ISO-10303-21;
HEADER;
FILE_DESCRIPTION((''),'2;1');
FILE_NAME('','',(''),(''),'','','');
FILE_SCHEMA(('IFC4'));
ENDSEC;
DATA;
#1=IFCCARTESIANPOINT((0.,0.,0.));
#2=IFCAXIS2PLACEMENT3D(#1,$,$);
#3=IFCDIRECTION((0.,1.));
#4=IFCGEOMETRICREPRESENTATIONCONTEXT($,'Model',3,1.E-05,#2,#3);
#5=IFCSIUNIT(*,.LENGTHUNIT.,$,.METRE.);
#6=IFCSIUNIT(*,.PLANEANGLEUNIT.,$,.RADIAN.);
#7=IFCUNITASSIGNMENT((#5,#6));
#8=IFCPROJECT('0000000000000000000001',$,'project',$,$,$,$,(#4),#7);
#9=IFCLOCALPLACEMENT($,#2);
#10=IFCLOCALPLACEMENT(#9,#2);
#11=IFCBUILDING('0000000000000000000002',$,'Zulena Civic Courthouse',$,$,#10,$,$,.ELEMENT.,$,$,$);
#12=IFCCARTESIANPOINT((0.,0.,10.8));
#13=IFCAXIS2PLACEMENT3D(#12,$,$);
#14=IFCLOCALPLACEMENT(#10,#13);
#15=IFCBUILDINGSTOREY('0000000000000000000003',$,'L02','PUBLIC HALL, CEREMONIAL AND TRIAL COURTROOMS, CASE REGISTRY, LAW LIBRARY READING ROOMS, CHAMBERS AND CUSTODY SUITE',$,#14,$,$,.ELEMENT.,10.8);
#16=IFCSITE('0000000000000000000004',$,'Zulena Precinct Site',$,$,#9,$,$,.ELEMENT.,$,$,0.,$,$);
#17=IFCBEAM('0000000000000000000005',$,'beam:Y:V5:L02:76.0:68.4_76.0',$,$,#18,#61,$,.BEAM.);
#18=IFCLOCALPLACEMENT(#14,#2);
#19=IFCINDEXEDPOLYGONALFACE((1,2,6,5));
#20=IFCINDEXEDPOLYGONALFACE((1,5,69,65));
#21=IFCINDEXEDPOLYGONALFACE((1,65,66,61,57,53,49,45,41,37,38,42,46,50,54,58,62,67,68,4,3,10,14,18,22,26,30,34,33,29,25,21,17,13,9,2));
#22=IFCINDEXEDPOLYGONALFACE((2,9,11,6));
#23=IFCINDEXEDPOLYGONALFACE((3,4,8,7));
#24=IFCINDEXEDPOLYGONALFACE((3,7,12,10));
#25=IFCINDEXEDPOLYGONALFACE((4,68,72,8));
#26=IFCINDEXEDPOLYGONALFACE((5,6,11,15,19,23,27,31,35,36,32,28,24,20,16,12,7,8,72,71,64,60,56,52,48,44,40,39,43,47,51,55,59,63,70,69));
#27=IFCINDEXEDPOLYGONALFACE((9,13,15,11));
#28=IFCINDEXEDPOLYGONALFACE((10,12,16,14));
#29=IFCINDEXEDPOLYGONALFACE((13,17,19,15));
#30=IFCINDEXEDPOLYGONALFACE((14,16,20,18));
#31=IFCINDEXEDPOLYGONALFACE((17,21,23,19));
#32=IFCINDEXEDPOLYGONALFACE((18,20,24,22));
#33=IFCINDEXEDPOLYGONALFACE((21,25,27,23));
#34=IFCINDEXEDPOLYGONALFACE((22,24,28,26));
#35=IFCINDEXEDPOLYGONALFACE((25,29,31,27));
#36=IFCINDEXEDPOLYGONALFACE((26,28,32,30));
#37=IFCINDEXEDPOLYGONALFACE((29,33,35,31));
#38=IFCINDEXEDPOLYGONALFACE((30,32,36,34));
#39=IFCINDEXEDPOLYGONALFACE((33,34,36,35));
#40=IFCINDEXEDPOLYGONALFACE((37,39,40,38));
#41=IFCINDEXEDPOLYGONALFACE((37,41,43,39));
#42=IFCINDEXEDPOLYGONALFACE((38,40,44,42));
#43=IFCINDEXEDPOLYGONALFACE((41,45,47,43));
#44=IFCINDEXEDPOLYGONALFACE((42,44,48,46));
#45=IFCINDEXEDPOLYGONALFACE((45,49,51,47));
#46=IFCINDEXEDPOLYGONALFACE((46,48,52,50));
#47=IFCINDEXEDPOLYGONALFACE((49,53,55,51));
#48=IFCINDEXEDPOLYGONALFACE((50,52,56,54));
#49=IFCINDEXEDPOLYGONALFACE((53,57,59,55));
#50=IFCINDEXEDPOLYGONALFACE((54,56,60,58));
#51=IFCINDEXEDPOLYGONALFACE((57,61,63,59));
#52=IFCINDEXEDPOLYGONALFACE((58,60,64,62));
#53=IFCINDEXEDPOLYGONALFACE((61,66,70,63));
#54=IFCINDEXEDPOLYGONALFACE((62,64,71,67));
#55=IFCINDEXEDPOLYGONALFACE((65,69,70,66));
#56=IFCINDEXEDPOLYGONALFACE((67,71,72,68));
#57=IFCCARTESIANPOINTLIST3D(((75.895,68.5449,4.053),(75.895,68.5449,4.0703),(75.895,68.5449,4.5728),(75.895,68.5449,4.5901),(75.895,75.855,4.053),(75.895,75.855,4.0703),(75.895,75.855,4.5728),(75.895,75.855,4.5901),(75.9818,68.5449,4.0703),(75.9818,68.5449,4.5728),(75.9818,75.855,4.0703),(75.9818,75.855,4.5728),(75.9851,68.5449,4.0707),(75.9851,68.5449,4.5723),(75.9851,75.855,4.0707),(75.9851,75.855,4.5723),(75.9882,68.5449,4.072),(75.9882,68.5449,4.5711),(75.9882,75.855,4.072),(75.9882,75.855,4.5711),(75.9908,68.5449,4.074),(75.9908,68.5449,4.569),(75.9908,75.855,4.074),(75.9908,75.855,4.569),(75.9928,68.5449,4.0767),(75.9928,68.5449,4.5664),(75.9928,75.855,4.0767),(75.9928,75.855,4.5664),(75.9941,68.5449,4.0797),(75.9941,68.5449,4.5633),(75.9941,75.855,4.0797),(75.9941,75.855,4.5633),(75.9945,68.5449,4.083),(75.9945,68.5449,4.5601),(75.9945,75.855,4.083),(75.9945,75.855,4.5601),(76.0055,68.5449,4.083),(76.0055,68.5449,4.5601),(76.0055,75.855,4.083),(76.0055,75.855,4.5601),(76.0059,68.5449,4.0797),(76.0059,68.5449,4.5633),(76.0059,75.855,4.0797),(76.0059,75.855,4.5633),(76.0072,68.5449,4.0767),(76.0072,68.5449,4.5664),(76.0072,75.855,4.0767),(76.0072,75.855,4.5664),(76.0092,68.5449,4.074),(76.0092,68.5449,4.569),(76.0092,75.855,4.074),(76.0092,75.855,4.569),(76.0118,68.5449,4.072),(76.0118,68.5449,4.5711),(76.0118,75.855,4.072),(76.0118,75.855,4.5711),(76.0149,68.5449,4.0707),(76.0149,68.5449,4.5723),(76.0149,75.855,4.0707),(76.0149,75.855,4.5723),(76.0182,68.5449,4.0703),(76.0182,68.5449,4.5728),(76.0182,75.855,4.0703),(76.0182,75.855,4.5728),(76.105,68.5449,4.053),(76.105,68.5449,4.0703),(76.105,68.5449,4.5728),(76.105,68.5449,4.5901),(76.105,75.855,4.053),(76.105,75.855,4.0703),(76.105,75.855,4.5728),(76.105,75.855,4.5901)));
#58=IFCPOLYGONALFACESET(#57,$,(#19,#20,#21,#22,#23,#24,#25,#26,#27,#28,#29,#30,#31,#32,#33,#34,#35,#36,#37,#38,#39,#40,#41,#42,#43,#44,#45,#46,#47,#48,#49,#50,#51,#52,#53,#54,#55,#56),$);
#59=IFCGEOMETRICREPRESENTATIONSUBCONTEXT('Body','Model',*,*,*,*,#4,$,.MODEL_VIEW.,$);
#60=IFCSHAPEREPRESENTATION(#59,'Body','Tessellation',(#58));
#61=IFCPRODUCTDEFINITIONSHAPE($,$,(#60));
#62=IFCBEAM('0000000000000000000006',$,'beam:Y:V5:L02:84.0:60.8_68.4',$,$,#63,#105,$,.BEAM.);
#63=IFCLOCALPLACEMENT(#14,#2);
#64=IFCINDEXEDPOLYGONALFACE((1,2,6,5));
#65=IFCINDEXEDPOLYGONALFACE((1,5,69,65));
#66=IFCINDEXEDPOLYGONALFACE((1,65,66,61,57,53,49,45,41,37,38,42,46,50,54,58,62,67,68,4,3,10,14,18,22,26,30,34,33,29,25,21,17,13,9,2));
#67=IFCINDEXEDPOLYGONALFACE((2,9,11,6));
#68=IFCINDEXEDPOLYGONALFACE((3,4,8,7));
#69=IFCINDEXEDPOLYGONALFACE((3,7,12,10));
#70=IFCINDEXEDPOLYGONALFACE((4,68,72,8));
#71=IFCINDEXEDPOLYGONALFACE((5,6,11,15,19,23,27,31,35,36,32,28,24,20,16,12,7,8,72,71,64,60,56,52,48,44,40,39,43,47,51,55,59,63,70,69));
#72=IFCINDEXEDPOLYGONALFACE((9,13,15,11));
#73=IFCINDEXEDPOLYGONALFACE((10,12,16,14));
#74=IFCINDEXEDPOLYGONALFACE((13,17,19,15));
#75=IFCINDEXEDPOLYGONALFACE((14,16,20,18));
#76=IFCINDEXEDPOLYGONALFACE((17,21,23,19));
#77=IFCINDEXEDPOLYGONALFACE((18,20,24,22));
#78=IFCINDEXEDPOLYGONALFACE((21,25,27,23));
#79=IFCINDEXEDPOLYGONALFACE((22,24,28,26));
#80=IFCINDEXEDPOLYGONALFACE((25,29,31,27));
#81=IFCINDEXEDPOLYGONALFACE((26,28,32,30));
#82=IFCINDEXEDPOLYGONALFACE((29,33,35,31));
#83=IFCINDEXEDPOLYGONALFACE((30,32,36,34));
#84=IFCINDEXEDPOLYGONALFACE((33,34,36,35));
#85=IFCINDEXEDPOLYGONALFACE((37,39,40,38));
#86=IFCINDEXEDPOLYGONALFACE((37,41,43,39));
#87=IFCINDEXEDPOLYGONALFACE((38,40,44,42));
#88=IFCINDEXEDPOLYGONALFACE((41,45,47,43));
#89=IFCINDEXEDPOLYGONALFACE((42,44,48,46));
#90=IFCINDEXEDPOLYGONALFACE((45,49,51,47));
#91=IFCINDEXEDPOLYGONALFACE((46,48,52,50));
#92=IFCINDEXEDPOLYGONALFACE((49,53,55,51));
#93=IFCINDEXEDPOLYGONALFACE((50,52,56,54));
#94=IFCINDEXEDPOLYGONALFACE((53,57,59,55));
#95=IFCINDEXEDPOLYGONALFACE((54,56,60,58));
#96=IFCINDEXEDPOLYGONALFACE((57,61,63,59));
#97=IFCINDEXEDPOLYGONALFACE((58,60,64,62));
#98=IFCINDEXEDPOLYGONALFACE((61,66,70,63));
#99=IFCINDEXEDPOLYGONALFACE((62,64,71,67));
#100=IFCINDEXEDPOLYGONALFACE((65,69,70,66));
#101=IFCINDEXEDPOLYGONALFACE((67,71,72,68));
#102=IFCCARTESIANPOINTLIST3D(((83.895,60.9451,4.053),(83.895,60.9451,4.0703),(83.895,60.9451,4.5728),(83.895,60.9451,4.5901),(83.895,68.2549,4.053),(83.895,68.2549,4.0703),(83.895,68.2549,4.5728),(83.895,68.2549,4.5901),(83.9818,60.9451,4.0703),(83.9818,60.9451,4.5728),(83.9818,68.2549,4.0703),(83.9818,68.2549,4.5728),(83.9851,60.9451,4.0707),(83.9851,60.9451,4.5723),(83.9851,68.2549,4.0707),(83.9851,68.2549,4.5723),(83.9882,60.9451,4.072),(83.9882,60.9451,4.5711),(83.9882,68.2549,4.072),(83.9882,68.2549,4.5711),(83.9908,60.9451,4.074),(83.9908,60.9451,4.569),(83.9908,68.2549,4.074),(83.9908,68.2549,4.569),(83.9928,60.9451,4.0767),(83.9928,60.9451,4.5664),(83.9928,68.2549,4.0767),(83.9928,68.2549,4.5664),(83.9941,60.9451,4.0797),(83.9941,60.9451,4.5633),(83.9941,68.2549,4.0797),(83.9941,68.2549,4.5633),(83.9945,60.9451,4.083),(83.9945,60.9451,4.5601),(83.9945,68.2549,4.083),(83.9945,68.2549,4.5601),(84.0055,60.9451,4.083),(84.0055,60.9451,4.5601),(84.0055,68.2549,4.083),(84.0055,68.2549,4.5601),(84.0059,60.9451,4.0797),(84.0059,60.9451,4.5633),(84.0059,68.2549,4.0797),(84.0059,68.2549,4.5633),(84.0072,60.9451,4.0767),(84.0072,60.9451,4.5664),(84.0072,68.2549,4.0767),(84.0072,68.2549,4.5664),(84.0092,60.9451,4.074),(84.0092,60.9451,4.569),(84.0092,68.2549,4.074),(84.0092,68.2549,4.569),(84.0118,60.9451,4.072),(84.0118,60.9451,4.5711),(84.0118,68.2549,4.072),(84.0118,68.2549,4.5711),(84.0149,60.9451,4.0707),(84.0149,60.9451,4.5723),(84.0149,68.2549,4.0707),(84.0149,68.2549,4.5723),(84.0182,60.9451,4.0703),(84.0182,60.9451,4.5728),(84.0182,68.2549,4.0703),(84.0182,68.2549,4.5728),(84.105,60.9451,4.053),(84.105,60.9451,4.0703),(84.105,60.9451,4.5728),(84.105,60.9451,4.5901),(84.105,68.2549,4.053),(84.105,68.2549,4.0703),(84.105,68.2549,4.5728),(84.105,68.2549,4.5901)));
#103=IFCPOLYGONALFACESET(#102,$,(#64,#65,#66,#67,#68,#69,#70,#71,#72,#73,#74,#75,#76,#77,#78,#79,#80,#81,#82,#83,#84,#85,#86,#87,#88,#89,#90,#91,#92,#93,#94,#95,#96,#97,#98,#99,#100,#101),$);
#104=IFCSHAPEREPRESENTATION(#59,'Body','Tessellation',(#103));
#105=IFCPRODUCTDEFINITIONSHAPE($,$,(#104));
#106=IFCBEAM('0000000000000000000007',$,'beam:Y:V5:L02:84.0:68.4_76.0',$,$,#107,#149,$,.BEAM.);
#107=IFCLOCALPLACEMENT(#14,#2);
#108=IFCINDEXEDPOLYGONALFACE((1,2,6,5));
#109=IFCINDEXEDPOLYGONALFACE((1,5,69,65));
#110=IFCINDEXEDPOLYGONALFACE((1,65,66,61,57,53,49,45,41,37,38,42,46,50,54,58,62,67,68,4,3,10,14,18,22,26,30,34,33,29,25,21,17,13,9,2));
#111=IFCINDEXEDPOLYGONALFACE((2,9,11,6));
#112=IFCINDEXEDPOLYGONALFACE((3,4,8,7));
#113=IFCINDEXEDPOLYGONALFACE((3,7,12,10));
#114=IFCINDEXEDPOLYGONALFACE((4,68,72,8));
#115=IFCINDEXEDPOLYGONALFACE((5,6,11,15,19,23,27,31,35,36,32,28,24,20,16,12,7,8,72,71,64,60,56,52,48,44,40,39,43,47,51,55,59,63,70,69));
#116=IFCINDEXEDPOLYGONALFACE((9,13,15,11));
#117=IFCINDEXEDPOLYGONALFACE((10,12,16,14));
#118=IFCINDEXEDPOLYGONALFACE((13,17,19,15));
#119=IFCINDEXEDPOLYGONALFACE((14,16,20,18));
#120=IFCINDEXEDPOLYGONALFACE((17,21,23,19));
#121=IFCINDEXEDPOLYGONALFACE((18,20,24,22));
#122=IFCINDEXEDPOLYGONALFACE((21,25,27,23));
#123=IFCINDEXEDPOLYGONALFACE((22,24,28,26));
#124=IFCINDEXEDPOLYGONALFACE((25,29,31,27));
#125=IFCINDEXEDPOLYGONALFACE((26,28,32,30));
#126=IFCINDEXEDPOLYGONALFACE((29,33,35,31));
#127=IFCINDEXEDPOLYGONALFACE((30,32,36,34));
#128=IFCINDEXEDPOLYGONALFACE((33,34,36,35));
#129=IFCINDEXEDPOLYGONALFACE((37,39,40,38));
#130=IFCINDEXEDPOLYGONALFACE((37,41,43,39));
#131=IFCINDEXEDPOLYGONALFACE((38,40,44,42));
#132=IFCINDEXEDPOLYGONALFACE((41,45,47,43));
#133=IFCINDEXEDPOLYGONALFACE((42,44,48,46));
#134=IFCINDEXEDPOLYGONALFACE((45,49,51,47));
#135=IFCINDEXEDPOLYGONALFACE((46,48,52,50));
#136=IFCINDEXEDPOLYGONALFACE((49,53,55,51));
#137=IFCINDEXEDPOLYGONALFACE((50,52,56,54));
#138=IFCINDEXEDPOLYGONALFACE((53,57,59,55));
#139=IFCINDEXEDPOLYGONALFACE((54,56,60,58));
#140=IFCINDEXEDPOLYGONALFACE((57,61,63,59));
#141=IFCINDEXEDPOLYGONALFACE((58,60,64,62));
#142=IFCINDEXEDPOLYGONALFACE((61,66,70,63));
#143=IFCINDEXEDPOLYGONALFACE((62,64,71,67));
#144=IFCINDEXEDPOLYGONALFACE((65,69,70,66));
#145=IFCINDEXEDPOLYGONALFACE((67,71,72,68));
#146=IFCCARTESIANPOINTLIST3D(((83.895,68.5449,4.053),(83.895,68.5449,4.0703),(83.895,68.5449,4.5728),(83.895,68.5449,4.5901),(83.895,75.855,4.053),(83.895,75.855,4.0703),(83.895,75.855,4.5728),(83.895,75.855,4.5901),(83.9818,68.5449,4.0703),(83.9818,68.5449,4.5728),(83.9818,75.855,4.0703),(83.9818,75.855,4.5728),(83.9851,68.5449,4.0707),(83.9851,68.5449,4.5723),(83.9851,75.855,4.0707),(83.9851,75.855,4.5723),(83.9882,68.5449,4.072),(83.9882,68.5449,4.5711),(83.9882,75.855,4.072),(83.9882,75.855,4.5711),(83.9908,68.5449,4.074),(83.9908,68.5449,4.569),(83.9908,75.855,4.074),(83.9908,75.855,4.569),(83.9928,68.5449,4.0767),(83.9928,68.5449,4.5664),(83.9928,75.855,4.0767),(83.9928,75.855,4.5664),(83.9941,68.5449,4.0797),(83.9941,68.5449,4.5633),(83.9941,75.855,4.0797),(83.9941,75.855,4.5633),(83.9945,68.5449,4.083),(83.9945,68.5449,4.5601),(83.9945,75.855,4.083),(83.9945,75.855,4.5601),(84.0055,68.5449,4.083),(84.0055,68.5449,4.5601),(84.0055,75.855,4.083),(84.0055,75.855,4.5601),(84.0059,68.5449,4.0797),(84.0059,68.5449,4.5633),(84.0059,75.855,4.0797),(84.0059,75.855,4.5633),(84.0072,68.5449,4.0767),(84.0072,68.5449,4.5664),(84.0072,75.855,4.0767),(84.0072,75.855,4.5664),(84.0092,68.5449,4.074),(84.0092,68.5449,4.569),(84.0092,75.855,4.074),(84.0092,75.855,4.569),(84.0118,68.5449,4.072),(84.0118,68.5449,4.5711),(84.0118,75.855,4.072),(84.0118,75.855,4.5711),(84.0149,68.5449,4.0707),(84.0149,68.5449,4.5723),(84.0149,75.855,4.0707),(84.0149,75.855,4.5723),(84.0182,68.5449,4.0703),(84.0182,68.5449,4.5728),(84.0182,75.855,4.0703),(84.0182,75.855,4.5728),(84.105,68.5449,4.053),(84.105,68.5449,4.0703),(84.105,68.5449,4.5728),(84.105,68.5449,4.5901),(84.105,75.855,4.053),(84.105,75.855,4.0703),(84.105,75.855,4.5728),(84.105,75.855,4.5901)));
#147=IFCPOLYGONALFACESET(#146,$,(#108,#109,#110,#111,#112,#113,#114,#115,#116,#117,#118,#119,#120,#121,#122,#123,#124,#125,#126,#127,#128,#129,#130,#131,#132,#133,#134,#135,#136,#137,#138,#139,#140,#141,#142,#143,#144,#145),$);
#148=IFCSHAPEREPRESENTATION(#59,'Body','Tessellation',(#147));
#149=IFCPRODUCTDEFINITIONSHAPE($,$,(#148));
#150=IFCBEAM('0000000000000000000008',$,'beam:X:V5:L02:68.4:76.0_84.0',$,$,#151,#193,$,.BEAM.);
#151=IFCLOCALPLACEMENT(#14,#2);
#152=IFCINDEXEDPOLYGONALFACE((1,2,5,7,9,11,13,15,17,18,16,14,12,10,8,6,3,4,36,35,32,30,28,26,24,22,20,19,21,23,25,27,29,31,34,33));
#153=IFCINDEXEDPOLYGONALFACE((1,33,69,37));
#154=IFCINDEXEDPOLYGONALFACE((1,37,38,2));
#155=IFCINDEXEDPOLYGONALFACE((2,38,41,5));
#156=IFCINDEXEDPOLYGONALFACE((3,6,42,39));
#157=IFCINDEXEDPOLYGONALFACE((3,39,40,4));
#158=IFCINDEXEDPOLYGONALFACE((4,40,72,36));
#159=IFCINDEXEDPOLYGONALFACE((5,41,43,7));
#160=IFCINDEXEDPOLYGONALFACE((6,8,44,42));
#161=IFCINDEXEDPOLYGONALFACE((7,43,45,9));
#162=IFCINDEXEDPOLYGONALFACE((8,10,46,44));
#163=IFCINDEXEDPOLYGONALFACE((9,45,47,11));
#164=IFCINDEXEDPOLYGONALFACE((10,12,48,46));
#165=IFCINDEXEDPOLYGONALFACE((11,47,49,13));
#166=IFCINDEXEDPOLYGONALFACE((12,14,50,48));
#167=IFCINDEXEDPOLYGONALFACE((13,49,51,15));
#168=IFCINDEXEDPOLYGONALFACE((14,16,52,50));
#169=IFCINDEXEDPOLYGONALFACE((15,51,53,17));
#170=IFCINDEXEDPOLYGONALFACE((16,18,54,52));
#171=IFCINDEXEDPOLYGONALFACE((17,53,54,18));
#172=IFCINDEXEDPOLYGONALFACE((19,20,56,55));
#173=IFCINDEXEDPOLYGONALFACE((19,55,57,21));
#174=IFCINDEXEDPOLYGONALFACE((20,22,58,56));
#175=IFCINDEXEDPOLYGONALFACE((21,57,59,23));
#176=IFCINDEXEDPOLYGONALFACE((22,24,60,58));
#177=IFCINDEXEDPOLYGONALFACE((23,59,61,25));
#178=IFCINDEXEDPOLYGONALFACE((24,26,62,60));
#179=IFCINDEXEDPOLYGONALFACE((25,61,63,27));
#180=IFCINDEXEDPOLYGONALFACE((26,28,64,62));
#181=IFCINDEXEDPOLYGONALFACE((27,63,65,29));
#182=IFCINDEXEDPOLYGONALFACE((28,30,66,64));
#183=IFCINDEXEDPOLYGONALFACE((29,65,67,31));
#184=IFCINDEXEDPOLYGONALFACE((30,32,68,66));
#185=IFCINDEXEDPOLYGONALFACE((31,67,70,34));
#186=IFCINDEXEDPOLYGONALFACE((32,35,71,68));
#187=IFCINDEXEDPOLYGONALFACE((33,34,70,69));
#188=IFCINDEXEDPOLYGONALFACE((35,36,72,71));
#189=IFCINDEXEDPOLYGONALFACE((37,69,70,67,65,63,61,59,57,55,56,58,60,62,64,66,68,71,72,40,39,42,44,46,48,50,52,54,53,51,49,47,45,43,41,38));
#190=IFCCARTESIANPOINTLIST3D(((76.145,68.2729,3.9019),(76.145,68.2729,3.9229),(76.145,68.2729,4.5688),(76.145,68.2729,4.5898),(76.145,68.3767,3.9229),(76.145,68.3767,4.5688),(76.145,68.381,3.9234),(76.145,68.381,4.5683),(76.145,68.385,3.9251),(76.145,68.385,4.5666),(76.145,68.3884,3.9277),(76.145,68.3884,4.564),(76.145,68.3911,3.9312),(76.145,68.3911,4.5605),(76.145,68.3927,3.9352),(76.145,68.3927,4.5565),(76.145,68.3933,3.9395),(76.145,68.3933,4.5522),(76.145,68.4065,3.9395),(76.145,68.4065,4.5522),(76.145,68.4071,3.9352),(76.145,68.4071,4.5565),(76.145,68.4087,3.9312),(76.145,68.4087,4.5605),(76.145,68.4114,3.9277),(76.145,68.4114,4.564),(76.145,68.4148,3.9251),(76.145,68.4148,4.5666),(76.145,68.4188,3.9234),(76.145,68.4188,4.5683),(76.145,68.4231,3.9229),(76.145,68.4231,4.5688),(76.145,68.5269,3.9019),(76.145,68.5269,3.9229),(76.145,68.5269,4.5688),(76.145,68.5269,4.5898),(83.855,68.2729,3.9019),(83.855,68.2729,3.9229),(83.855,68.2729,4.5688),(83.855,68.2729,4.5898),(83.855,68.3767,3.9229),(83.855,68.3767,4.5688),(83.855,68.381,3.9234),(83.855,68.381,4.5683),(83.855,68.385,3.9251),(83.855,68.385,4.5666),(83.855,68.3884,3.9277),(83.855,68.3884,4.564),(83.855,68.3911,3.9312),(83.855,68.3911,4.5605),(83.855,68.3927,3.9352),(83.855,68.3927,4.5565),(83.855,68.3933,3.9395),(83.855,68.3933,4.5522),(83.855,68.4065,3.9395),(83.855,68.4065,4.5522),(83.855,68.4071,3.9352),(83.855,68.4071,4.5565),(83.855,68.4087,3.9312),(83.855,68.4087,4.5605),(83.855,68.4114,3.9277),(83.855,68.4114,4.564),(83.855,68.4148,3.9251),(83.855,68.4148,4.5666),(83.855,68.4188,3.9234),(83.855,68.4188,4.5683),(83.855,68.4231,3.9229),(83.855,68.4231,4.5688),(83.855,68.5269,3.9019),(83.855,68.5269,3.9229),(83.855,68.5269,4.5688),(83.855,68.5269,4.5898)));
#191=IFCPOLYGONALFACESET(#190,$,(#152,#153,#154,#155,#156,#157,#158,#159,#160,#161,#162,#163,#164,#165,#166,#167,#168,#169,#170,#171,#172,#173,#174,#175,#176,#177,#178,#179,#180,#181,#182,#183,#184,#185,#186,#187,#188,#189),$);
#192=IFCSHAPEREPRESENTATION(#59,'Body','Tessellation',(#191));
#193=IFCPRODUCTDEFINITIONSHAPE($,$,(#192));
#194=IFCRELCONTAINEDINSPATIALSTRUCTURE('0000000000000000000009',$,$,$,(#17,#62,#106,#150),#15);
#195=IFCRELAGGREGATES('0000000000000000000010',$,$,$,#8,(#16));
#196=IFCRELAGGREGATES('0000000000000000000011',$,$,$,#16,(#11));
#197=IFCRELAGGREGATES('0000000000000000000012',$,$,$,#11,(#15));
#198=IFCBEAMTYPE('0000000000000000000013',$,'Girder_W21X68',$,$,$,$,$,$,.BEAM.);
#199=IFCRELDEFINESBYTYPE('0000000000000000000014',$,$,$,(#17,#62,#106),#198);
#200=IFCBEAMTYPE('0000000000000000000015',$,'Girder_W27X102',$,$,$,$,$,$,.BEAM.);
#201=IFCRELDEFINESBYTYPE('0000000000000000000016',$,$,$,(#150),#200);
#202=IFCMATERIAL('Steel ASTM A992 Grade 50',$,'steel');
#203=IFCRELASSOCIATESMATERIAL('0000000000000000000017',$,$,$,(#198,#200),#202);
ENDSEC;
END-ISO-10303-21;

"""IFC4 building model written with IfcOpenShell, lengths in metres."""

from ifc_helpers import new_model, si_unit, direction, frame, origin, origin_2d, place, context, subcontext, project, spatial, i_section, extrude, material, material_profile, profile_set, type_object, element, save


model = new_model("IFC4")

# Units and contexts
model_context = context("Model", 3, precision=1e-05, world=origin(), true_north=direction((0.0, 1.0)))
body_context = subcontext(model_context, "Body", "Model", "MODEL_VIEW")
ifc_project = project(units=[si_unit("LENGTHUNIT", "METRE"), si_unit("PLANEANGLEUNIT", "RADIAN")], contexts=[model_context])

# Site, building, storey
site_placement = place(None, origin())
site = spatial("IfcSite", under=ifc_project, at=site_placement, Name="Zulena Precinct Site", CompositionType="ELEMENT", RefElevation=0.0)
building_placement = place(site_placement, origin())
building = spatial("IfcBuilding", under=site, at=building_placement, Name="Zulena Civic Courthouse", CompositionType="ELEMENT")
storey_placement = place(building_placement, frame((0.0, 0.0, 10.8)))
storey = spatial("IfcBuildingStorey", under=building, at=storey_placement, Name="L02", Description="PUBLIC HALL, CEREMONIAL AND TRIAL COURTROOMS, CASE REGISTRY, LAW LIBRARY READING ROOMS, CHAMBERS AND CUSTODY SUITE", CompositionType="ELEMENT", Elevation=10.8)

# Shared definitions
ifc_material_1 = material(Name="Steel ASTM A992 Grade 50", Category="steel")

# Beams
ifc_material_profile_1 = material_profile(ifc_material_1, i_section(OverallWidth=0.21, OverallDepth=0.5371, WebThickness=0.011, FlangeThickness=0.0173, FilletRadius=0.0127, at=origin_2d()), Name="W21X68")
ifc_profile_set_1 = profile_set([ifc_material_profile_1], Name="Steel ASTM A992 Grade 50")
beam_type_1 = type_object("IfcBeamType", Name="Girder_W21X68", PredefinedType="BEAM", material=ifc_profile_set_1)
beam_1_placement = place(storey_placement, frame((76.0, 68.5449, 4.3215), z_axis=(0.0, 1.0, 0.0), x_axis=(-1.0, 0.0, 0.0)))
element("IfcBeam", 1, at=beam_1_placement, inside=storey, type_object=beam_type_1, Name="beam:Y:V5:L02:76.0:68.4_76.0", PredefinedType="BEAM", context=body_context, shape_type="SweptSolid", body=[
    extrude(i_section(OverallWidth=0.21, OverallDepth=0.5371, WebThickness=0.011, FlangeThickness=0.0173, FilletRadius=0.0127, at=origin_2d()), origin(), (0.0, 0.0, 1.0), 7.3101),
])
beam_2_placement = place(storey_placement, frame((84.0, 60.9451, 4.3215), z_axis=(0.0, 1.0, 0.0), x_axis=(-1.0, 0.0, 0.0)))
element("IfcBeam", 2, at=beam_2_placement, inside=storey, type_object=beam_type_1, Name="beam:Y:V5:L02:84.0:60.8_68.4", PredefinedType="BEAM", context=body_context, shape_type="SweptSolid", body=[
    extrude(i_section(OverallWidth=0.21, OverallDepth=0.5371, WebThickness=0.011, FlangeThickness=0.0173, FilletRadius=0.0127, at=origin_2d()), origin(), (0.0, 0.0, 1.0), 7.3098),
])
beam_3_placement = place(storey_placement, frame((84.0, 68.5449, 4.3215), z_axis=(0.0, 1.0, 0.0), x_axis=(-1.0, 0.0, 0.0)))
element("IfcBeam", 3, at=beam_3_placement, inside=storey, type_object=beam_type_1, Name="beam:Y:V5:L02:84.0:68.4_76.0", PredefinedType="BEAM", context=body_context, shape_type="SweptSolid", body=[
    extrude(i_section(OverallWidth=0.21, OverallDepth=0.5371, WebThickness=0.011, FlangeThickness=0.0173, FilletRadius=0.0127, at=origin_2d()), origin(), (0.0, 0.0, 1.0), 7.3101),
])
ifc_material_profile_2 = material_profile(ifc_material_1, i_section(OverallWidth=0.2539, OverallDepth=0.688, WebThickness=0.0132, FlangeThickness=0.021, FilletRadius=0.0166, at=origin_2d()), Name="W27X102")
ifc_profile_set_2 = profile_set([ifc_material_profile_2], Name="Steel ASTM A992 Grade 50")
beam_type_2 = type_object("IfcBeamType", Name="Girder_W27X102", PredefinedType="BEAM", material=ifc_profile_set_2)
beam_4_placement = place(storey_placement, frame((76.145, 68.3999, 4.2458), z_axis=(1.0, 0.0, 0.0), x_axis=(0.0, 1.0, 0.0)))
element("IfcBeam", 4, at=beam_4_placement, inside=storey, type_object=beam_type_2, Name="beam:X:V5:L02:68.4:76.0_84.0", PredefinedType="BEAM", context=body_context, shape_type="SweptSolid", body=[
    extrude(i_section(OverallWidth=0.2539, OverallDepth=0.688, WebThickness=0.0132, FlangeThickness=0.021, FilletRadius=0.0166, at=origin_2d()), origin(), (0.0, 0.0, 1.0), 7.71),
])

save(model, "model.ifc")
